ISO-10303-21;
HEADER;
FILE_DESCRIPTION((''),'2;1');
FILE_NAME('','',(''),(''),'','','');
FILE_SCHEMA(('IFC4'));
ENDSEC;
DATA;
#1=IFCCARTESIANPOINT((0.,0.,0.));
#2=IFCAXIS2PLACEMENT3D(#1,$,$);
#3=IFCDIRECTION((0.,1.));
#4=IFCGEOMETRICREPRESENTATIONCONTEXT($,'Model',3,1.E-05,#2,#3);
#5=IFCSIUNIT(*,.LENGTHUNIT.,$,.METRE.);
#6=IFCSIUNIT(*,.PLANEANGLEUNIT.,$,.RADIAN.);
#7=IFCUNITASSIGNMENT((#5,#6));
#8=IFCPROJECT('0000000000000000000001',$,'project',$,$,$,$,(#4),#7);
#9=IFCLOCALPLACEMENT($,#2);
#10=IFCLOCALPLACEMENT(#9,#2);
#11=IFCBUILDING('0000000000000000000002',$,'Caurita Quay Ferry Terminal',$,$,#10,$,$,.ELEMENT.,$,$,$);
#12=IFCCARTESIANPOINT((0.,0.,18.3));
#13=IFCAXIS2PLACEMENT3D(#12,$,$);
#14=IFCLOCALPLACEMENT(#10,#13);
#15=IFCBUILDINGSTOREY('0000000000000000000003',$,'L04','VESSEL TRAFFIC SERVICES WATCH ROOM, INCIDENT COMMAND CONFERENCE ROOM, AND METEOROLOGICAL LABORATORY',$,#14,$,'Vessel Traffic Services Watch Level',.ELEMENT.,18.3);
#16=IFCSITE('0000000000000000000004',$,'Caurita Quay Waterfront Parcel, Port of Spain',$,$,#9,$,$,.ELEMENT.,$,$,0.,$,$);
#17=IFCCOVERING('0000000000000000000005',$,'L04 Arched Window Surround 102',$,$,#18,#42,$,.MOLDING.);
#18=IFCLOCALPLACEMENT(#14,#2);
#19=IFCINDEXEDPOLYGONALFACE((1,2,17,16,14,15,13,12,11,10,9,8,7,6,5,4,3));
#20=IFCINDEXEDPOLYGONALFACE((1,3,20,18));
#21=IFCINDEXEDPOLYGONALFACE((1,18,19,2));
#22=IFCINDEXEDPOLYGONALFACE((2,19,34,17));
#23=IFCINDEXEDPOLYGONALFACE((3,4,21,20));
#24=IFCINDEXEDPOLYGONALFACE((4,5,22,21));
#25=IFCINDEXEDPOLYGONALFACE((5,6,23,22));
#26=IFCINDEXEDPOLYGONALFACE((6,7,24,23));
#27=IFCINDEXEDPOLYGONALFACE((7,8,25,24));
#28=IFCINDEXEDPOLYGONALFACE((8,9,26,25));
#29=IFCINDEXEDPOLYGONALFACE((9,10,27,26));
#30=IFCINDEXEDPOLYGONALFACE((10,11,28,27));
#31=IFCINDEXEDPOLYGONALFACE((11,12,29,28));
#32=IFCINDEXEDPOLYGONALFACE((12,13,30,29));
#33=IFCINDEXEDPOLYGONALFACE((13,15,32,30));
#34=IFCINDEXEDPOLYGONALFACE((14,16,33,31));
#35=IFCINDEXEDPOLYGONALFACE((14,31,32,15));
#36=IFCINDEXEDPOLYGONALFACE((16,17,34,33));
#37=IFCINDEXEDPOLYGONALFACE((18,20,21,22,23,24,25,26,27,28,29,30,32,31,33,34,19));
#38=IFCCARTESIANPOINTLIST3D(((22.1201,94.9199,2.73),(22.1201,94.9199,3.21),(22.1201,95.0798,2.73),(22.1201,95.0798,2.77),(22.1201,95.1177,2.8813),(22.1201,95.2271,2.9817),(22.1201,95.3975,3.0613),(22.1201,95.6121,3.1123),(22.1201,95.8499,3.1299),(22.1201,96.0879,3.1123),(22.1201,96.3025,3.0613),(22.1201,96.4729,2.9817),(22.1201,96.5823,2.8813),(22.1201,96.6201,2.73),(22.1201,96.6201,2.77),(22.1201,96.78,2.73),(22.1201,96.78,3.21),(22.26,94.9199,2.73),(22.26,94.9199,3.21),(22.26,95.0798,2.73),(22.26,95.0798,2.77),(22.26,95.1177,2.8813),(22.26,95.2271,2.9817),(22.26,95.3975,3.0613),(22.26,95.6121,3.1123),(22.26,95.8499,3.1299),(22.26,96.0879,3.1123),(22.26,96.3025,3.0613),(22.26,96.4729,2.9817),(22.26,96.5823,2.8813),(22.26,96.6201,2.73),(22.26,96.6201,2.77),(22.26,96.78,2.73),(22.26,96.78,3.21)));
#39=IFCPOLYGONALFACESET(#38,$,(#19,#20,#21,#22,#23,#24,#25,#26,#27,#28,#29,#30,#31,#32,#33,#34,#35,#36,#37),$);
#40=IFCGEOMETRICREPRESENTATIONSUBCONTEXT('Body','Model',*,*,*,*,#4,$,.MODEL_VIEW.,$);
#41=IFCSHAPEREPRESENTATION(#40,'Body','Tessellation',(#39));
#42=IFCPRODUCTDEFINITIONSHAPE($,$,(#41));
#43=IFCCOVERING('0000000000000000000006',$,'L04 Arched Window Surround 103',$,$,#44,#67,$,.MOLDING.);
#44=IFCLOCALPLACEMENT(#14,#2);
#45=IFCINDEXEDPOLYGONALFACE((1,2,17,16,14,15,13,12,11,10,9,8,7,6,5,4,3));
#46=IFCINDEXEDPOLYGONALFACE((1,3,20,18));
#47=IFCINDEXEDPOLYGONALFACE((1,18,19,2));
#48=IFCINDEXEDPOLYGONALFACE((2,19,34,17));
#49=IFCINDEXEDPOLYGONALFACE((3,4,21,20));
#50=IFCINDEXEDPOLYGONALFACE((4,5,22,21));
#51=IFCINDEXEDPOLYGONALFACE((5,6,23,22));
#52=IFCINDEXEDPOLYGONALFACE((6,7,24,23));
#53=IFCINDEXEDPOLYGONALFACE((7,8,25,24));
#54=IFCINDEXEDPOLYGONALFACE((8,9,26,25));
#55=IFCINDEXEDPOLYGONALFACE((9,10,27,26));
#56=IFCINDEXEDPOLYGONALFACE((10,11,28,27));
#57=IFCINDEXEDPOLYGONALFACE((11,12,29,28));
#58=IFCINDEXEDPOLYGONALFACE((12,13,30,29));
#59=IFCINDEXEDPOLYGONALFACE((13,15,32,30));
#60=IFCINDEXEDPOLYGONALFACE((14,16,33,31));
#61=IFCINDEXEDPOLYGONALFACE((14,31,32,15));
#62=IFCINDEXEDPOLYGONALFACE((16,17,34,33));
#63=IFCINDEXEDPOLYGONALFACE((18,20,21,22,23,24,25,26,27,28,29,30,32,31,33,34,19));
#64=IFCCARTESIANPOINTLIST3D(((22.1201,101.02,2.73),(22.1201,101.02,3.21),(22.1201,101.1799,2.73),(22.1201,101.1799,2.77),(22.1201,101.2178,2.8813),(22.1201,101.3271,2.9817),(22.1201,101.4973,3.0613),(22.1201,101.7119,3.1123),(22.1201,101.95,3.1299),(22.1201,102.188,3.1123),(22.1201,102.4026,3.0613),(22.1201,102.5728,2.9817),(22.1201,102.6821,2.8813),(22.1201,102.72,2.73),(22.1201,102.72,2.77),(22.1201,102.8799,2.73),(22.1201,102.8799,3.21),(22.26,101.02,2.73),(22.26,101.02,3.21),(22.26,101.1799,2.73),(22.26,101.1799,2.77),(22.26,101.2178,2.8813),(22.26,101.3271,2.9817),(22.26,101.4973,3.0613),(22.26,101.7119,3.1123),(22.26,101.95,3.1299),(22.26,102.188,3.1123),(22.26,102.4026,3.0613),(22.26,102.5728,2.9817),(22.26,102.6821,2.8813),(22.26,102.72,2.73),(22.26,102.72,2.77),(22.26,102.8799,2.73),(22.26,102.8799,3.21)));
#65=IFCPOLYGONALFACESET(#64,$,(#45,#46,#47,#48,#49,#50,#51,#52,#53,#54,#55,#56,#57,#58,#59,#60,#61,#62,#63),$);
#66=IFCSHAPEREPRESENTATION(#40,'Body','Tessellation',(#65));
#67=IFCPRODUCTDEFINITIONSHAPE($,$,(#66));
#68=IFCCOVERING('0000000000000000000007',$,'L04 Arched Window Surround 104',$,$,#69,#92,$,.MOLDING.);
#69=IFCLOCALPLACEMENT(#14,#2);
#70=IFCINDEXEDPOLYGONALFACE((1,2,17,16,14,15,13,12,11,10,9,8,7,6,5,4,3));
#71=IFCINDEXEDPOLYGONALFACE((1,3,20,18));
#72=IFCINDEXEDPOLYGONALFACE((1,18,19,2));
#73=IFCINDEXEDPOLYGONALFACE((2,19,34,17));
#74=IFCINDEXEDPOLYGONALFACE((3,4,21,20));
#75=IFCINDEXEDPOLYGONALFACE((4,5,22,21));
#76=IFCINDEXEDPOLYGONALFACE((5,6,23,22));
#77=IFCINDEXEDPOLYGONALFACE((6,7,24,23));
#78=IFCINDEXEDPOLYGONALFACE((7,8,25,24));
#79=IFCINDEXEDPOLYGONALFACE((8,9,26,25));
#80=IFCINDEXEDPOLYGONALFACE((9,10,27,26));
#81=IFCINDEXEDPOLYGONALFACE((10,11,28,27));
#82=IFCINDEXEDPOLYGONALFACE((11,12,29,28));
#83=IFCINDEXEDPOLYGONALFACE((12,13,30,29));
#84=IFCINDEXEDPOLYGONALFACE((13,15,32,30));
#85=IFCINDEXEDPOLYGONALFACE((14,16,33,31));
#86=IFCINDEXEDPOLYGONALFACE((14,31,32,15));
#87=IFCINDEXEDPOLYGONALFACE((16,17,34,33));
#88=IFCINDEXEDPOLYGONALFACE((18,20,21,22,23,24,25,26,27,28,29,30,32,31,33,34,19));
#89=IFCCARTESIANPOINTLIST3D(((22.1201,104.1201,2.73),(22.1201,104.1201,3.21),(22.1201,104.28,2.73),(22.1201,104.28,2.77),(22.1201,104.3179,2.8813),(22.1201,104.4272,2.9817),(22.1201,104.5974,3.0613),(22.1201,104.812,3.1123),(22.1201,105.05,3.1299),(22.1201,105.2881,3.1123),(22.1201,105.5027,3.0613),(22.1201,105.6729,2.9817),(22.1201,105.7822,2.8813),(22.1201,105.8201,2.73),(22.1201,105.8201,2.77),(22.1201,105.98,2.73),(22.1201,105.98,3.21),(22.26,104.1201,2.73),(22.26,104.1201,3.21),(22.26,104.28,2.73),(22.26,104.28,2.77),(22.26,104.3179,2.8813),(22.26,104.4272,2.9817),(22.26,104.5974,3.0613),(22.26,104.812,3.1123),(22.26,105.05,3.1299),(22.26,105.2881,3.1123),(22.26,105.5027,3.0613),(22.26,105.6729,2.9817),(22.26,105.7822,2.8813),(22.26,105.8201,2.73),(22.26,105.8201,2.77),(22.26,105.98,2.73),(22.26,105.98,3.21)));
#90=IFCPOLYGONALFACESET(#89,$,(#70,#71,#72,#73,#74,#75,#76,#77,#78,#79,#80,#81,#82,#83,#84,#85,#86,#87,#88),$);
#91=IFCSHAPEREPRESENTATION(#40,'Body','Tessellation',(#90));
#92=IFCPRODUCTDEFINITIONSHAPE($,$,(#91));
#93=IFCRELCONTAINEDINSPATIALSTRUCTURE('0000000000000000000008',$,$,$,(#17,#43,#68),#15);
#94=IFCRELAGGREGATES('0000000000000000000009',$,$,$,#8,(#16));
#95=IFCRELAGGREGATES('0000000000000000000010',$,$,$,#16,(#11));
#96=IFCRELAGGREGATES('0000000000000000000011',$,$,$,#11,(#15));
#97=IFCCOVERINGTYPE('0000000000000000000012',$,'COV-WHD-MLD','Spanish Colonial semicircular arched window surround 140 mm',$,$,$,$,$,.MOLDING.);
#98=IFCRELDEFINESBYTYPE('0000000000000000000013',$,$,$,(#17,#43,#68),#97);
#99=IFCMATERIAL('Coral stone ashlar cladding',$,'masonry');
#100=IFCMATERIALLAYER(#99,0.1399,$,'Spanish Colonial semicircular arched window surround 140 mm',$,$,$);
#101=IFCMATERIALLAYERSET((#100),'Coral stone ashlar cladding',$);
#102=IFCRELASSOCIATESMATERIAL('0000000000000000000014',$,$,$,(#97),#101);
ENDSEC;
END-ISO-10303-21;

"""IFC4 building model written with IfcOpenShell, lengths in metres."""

from ifc_helpers import new_model, si_unit, direction, frame, origin, place, context, subcontext, project, spatial, polyline, outline, extrude, material, layer, layer_set, type_object, element, save


model = new_model("IFC4")

# Units and contexts
model_context = context("Model", 3, precision=1e-05, world=origin(), true_north=direction((0.0, 1.0)))
body_context = subcontext(model_context, "Body", "Model", "MODEL_VIEW")
ifc_project = project(units=[si_unit("LENGTHUNIT", "METRE"), si_unit("PLANEANGLEUNIT", "RADIAN")], contexts=[model_context])

# Site, building, storey
site_placement = place(None, origin())
site = spatial("IfcSite", under=ifc_project, at=site_placement, Name="Caurita Quay Waterfront Parcel, Port of Spain", CompositionType="ELEMENT", RefElevation=0.0)
building_placement = place(site_placement, origin())
building = spatial("IfcBuilding", under=site, at=building_placement, Name="Caurita Quay Ferry Terminal", CompositionType="ELEMENT")
storey_placement = place(building_placement, frame((0.0, 0.0, 18.3)))
storey = spatial("IfcBuildingStorey", under=building, at=storey_placement, Name="L04", Description="VESSEL TRAFFIC SERVICES WATCH ROOM, INCIDENT COMMAND CONFERENCE ROOM, AND METEOROLOGICAL LABORATORY", LongName="Vessel Traffic Services Watch Level", CompositionType="ELEMENT", Elevation=18.3)

# Coverings
ifc_material_1 = material(Name="Coral stone ashlar cladding", Category="masonry")
ifc_layer_1 = layer(ifc_material_1, 0.1399, Name="Spanish Colonial semicircular arched window surround 140 mm")
ifc_layer_set_1 = layer_set([ifc_layer_1], Name="Coral stone ashlar cladding")
covering_type_1 = type_object("IfcCoveringType", Name="COV-WHD-MLD", Description="Spanish Colonial semicircular arched window surround 140 mm", PredefinedType="MOLDING", material=ifc_layer_set_1)
covering_1_placement = place(storey_placement, frame((22.1899, 94.9199, 2.73), z_axis=(0.0, 0.0, 1.0), x_axis=(0.0, 1.0, 0.0)))
element("IfcCovering", 1, at=covering_1_placement, inside=storey, type_object=covering_type_1, Name="L04 Arched Window Surround 102", PredefinedType="MOLDING", context=body_context, shape_type="SweptSolid", body=[
    extrude(outline(polyline([(0.0, 0.0), (0.1599, 0.0), (0.1599, 0.04), (0.1978, 0.1514), (0.3071, 0.2517), (0.4775, 0.3313), (0.6921, 0.3823), (0.9299, 0.3999), (1.168, 0.3823), (1.3826, 0.3313), (1.553, 0.2517), (1.6624, 0.1514), (1.7002, 0.04), (1.7002, 0.0), (1.8601, 0.0), (1.8601, 0.48), (0.0, 0.48), (0.0, 0.0)])), frame((0.0, 0.0698, 0.0), z_axis=(0.0, -1.0, 0.0), x_axis=(1.0, 0.0, 0.0)), (0.0, 0.0, 1.0), 0.1399),
])
for number, where, z_axis, x_axis, name in (
    (2, (22.1899, 101.02, 2.73), (0.0, 0.0, 1.0), (0.0, 1.0, 0.0), "L04 Arched Window Surround 103"),
    (3, (22.1899, 104.1201, 2.73), (0.0, 0.0, 1.0), (0.0, 1.0, 0.0), "L04 Arched Window Surround 104"),
):
    element("IfcCovering", number, at=place(storey_placement, frame(where, z_axis=z_axis, x_axis=x_axis)), inside=storey, type_object=covering_type_1, Name=name, PredefinedType="MOLDING", context=body_context, shape_type="SweptSolid", body=[
        extrude(outline(polyline([(0.0, 0.0), (0.1599, 0.0), (0.1599, 0.04), (0.1978, 0.1514), (0.3071, 0.2517), (0.4773, 0.3313), (0.6919, 0.3823), (0.9299, 0.3999), (1.168, 0.3823), (1.3826, 0.3313), (1.5527, 0.2517), (1.6621, 0.1514), (1.7, 0.04), (1.7, 0.0), (1.8599, 0.0), (1.8599, 0.48), (0.0, 0.48), (0.0, 0.0)])), frame((0.0, 0.0698, 0.0), z_axis=(0.0, -1.0, 0.0), x_axis=(1.0, 0.0, 0.0)), (0.0, 0.0, 1.0), 0.1399),
    ])

save(model, "model.ifc")
